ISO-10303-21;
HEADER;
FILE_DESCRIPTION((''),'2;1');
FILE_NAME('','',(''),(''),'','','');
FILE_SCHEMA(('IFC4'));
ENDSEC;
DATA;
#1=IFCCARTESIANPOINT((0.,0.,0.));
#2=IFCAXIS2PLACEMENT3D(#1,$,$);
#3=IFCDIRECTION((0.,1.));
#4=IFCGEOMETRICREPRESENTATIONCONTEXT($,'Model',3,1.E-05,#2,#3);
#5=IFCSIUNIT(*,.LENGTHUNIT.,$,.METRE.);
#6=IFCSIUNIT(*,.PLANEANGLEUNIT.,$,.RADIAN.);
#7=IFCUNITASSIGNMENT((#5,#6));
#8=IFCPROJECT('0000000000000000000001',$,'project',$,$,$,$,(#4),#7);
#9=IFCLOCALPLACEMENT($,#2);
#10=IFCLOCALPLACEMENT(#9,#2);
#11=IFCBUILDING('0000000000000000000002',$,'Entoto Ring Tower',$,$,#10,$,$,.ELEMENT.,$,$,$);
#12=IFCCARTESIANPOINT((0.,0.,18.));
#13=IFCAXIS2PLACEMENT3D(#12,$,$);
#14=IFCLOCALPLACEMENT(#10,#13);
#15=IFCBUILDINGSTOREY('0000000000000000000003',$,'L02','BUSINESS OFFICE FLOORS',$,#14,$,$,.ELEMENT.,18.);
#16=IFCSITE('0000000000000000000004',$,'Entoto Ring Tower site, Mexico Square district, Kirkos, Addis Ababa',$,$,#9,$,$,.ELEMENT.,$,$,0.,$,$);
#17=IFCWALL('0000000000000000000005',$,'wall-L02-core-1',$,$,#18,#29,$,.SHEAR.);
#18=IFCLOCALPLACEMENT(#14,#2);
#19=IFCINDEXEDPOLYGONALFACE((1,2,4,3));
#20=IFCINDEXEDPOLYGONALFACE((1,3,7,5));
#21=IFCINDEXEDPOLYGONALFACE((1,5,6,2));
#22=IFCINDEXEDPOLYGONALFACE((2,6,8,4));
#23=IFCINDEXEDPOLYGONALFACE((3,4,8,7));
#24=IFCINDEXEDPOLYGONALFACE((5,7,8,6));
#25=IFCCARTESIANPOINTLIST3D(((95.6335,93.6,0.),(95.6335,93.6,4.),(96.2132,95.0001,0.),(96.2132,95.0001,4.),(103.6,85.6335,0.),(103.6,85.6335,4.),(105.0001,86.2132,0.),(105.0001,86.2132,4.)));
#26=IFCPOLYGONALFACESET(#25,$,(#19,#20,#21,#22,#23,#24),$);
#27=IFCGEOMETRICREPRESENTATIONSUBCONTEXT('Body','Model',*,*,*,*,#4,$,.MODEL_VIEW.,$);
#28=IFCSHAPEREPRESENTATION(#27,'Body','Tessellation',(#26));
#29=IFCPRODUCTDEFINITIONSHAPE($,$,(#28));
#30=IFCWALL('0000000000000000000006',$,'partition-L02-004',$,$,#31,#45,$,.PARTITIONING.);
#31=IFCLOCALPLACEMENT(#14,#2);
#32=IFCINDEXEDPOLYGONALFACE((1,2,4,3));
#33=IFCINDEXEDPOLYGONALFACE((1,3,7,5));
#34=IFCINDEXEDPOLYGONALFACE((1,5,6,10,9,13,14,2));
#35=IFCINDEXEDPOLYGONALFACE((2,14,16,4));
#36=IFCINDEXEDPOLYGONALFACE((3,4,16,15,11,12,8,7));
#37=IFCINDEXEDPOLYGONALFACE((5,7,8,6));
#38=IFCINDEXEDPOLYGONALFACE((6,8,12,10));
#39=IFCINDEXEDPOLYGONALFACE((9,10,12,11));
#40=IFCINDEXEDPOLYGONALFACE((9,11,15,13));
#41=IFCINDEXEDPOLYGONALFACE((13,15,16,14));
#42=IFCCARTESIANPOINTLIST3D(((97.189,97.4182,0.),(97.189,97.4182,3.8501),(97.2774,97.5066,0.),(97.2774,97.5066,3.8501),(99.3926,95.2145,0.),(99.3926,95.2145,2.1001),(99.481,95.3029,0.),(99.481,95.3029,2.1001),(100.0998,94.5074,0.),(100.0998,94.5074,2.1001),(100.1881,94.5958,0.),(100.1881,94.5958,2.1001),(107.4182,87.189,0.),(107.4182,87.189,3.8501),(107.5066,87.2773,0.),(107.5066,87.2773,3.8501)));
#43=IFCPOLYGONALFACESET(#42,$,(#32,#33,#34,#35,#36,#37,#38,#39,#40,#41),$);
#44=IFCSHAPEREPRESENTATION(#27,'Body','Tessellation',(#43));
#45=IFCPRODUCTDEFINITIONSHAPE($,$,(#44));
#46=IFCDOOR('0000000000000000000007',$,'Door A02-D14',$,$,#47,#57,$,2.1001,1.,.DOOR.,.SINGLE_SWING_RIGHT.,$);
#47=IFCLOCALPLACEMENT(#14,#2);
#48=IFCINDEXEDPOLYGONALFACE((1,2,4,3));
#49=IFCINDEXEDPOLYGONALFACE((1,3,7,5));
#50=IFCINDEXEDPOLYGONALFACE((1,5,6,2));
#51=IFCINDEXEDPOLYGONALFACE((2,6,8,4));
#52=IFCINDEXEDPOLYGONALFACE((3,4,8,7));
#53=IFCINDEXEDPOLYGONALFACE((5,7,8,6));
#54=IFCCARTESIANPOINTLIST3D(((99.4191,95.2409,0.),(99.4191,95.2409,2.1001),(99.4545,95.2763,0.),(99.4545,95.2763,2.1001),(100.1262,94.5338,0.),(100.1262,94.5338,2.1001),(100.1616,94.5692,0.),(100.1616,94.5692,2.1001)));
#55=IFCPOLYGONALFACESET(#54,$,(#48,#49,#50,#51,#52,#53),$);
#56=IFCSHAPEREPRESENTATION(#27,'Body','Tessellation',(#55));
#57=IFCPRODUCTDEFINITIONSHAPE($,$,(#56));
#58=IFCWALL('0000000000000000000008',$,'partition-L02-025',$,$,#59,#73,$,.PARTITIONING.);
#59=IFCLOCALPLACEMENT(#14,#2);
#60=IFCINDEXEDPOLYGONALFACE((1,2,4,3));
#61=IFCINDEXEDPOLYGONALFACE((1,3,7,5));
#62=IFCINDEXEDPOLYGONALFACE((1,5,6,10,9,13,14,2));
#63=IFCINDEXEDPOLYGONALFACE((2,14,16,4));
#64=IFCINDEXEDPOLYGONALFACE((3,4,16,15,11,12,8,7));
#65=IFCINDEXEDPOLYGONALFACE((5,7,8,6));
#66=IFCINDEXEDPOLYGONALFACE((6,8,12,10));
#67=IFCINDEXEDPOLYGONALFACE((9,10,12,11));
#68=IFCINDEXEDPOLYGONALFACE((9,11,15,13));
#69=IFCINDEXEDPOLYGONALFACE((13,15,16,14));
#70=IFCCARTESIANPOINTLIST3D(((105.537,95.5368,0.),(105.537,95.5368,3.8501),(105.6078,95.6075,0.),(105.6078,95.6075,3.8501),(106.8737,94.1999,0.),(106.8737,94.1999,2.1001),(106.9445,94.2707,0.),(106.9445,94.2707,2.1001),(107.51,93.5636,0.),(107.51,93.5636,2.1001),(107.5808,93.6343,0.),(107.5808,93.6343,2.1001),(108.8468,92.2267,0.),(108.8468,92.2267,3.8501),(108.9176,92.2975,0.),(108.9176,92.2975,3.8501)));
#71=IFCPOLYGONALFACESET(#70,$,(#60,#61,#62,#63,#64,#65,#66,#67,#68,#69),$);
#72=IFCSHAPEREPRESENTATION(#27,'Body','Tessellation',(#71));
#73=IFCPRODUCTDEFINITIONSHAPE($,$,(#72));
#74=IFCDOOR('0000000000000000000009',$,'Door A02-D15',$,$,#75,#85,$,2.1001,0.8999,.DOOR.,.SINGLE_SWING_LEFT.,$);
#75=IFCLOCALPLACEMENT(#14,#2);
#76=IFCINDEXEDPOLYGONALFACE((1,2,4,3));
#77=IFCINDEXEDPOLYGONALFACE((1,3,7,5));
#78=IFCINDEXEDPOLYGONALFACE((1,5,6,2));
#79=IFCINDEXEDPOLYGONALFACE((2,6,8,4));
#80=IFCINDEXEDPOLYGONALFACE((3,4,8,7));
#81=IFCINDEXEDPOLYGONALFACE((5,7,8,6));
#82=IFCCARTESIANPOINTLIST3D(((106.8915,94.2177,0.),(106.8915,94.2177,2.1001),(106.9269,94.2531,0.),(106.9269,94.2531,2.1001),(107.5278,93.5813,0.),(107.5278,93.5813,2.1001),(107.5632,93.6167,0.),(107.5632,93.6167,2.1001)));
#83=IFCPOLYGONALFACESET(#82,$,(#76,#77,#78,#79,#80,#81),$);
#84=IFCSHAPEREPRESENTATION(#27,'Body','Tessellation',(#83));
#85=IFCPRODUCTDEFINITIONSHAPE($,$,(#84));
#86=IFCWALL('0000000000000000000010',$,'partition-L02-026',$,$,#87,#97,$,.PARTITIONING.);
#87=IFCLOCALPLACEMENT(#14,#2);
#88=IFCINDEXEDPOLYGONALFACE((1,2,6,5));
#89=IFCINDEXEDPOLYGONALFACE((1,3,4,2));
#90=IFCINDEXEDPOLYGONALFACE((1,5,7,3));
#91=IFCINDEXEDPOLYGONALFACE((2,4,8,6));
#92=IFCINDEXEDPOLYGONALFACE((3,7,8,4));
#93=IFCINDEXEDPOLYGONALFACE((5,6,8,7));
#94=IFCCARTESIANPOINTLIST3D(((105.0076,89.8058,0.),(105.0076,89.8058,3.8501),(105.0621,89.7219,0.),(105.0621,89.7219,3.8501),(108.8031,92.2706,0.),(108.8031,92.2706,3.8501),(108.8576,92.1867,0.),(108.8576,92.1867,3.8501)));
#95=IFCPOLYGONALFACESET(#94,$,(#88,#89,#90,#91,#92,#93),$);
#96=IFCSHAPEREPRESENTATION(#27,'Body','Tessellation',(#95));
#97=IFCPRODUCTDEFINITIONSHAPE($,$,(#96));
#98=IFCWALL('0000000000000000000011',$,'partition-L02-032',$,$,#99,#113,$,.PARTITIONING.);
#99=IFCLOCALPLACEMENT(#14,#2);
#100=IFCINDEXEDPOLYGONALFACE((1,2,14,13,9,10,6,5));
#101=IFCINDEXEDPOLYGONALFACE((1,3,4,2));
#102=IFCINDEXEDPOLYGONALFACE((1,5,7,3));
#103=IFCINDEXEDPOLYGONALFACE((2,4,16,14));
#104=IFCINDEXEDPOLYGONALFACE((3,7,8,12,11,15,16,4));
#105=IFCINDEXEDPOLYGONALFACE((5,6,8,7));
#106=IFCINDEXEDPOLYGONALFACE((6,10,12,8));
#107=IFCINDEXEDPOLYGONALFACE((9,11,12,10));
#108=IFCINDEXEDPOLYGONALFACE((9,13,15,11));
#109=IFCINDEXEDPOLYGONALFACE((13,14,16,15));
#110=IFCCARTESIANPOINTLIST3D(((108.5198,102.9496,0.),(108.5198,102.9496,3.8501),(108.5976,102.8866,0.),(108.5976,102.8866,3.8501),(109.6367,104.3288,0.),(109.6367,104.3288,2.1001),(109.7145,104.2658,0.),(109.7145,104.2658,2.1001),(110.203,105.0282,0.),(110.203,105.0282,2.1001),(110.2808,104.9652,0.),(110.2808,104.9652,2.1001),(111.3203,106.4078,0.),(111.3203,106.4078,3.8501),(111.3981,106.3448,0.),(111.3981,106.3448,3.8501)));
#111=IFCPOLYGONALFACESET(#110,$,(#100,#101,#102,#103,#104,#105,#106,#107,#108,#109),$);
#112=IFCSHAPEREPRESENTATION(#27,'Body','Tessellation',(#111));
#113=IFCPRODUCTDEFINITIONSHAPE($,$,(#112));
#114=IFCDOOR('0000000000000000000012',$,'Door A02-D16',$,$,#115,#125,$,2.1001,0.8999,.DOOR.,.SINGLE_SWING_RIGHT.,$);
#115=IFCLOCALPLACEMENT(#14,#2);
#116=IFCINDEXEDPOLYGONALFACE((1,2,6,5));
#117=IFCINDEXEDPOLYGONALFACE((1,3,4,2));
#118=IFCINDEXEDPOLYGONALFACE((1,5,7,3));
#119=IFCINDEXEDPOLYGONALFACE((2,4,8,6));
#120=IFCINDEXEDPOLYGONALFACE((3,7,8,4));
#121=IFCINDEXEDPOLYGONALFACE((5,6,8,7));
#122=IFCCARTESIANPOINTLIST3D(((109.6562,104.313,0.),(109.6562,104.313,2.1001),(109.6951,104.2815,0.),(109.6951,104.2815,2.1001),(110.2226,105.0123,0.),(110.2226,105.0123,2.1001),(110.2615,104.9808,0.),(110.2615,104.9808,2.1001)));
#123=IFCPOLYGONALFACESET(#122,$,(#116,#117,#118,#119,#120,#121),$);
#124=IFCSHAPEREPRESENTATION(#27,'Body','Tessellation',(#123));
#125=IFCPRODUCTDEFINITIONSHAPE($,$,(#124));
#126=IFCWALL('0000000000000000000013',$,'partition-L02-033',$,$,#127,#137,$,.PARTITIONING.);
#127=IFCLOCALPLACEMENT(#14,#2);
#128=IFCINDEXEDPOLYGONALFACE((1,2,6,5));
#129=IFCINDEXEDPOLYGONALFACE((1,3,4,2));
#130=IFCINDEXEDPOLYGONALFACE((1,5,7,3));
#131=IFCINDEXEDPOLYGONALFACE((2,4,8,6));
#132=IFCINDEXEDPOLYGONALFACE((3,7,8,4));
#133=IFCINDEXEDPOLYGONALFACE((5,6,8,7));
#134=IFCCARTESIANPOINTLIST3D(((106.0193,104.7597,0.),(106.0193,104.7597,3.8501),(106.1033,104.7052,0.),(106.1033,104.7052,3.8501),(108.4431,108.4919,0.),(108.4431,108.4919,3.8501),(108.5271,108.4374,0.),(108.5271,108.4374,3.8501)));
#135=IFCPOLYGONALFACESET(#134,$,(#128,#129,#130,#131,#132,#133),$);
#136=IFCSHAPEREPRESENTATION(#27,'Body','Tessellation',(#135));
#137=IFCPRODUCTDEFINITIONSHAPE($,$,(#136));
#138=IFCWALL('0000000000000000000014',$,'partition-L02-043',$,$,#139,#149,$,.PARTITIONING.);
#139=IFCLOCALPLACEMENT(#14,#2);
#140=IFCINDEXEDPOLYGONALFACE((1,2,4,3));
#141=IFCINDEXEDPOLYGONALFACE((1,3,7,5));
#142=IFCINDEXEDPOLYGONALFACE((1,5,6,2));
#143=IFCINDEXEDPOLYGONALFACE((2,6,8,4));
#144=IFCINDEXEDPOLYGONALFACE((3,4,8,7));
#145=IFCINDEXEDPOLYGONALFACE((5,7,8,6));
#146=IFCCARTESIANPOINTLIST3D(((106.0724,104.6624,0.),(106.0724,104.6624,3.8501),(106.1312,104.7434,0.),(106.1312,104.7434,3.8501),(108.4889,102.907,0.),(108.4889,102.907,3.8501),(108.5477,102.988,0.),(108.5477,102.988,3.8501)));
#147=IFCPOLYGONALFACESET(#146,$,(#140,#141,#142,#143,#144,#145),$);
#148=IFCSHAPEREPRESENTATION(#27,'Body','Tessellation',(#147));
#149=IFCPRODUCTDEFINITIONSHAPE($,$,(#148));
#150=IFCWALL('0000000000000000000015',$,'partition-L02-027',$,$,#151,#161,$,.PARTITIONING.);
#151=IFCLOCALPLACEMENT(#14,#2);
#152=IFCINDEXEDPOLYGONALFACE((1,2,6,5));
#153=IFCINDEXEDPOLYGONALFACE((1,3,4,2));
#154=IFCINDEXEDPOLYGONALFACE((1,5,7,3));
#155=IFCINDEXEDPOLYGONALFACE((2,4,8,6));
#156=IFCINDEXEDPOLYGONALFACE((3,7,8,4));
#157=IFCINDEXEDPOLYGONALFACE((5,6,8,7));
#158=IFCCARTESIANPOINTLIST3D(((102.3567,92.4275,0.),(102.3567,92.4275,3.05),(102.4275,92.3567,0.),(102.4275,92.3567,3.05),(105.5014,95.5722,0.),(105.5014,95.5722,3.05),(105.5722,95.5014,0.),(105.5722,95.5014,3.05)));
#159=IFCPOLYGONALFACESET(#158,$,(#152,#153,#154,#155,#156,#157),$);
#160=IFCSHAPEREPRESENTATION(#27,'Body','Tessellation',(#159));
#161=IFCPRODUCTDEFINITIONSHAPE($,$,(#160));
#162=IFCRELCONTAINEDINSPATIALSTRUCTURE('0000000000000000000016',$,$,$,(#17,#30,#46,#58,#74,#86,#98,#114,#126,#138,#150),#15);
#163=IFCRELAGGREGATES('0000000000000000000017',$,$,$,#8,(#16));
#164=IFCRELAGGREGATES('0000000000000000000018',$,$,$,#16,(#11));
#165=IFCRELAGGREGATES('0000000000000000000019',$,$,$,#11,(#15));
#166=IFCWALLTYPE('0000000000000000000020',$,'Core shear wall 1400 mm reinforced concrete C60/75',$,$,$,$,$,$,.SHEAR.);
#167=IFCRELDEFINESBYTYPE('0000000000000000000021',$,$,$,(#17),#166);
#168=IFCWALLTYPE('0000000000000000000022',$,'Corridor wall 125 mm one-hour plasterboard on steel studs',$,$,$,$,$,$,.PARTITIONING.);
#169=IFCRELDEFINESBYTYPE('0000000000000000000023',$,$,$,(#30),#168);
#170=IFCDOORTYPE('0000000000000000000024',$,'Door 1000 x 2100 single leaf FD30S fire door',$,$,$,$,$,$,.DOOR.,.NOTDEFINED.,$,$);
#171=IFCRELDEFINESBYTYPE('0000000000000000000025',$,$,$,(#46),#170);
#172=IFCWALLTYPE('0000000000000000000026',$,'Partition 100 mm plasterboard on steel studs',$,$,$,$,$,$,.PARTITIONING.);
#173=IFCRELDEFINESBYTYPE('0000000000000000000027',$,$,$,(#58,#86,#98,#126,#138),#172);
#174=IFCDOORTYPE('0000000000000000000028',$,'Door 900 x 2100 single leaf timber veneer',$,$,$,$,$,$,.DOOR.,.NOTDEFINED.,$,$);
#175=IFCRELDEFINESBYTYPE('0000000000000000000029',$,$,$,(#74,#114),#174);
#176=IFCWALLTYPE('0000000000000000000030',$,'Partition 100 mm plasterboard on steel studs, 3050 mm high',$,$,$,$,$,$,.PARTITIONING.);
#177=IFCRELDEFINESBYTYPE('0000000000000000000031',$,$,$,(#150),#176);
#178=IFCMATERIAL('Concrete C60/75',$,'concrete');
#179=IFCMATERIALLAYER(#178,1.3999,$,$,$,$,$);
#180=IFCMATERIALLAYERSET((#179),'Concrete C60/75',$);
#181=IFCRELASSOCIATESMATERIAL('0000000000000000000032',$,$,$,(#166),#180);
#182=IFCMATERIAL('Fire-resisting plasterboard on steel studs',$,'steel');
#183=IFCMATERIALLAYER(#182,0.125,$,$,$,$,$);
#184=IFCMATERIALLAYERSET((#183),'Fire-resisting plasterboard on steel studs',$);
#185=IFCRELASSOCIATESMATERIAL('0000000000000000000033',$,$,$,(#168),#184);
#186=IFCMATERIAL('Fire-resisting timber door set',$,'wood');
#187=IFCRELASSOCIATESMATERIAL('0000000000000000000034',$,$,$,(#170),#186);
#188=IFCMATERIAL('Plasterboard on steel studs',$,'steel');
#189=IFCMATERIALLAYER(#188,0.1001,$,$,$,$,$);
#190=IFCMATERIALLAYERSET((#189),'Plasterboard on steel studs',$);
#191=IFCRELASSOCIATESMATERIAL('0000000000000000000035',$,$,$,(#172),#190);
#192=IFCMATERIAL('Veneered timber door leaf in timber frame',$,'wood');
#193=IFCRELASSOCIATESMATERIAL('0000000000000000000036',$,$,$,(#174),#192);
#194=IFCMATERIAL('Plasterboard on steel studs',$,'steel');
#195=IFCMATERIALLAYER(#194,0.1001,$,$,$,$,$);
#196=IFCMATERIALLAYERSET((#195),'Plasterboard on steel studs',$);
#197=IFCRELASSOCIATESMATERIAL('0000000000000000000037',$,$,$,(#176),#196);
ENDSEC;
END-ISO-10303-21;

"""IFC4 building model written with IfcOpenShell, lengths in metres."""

from ifc_helpers import new_model, si_unit, direction, frame, frame_2d, origin, place, context, subcontext, project, spatial, polyline, rectangle, outline, extrude, material, layer, layer_set, type_object, element, fill, save


model = new_model("IFC4")

# Units and contexts
model_context = context("Model", 3, precision=1e-05, world=origin(), true_north=direction((0.0, 1.0)))
body_context = subcontext(model_context, "Body", "Model", "MODEL_VIEW")
ifc_project = project(units=[si_unit("LENGTHUNIT", "METRE"), si_unit("PLANEANGLEUNIT", "RADIAN")], contexts=[model_context])

# Site, building, storey
site_placement = place(None, origin())
site = spatial("IfcSite", under=ifc_project, at=site_placement, Name="Entoto Ring Tower site, Mexico Square district, Kirkos, Addis Ababa", CompositionType="ELEMENT", RefElevation=0.0)
building_placement = place(site_placement, origin())
building = spatial("IfcBuilding", under=site, at=building_placement, Name="Entoto Ring Tower", CompositionType="ELEMENT")
storey_placement = place(building_placement, frame((0.0, 0.0, 18.0)))
storey = spatial("IfcBuildingStorey", under=building, at=storey_placement, Name="L02", Description="BUSINESS OFFICE FLOORS", CompositionType="ELEMENT", Elevation=18.0)

# Wall
ifc_material_1 = material(Name="Concrete C60/75", Category="concrete")
ifc_layer_1 = layer(ifc_material_1, 1.3999)
ifc_layer_set_1 = layer_set([ifc_layer_1], Name="Concrete C60/75")
wall_type_1 = type_object("IfcWallType", Name="Core shear wall 1400 mm reinforced concrete C60/75", PredefinedType="SHEAR", material=ifc_layer_set_1)
wall_1_placement = place(storey_placement, frame((104.3, 85.9233, 0.0), z_axis=(0.0, 0.0, 1.0), x_axis=(-0.707107, 0.707107, 0.0)))
element("IfcWall", 1, at=wall_1_placement, inside=storey, type_object=wall_type_1, Name="wall-L02-core-1", PredefinedType="SHEAR", context=body_context, shape_type="SweptSolid", body=[
    extrude(outline(polyline([(-0.29, -0.7), (12.1365, -0.7), (11.5564, 0.7), (0.29, 0.7), (-0.29, -0.7)])), origin(), (0.0, 0.0, 1.0), 4.0),
])

# Walls, openings, doors
ifc_material_2 = material(Name="Fire-resisting plasterboard on steel studs", Category="steel")
ifc_layer_2 = layer(ifc_material_2, 0.125)
ifc_layer_set_2 = layer_set([ifc_layer_2], Name="Fire-resisting plasterboard on steel studs")
wall_type_2 = type_object("IfcWallType", Name="Corridor wall 125 mm one-hour plasterboard on steel studs", PredefinedType="PARTITIONING", material=ifc_layer_set_2)
wall_2_placement = place(storey_placement, frame((107.4624, 87.2332, 0.0), z_axis=(0.0, 0.0, 1.0), x_axis=(-0.707107, 0.707107, 0.0)))
wall_2 = element("IfcWall", 2, at=wall_2_placement, inside=storey, type_object=wall_type_2, Name="partition-L02-004", PredefinedType="PARTITIONING", context=body_context, shape_type="SweptSolid", body=[
    extrude(rectangle(XDim=14.4663, YDim=0.125, at=frame_2d((7.2332, 0.0))), origin(), (0.0, 0.0, 1.0), 3.8501),
])
opening_1_placement = place(wall_2_placement, frame((10.3499, 0.0, 0.0)))
opening_1 = element("IfcOpeningElement", 3, at=opening_1_placement, cuts=wall_2, PredefinedType="OPENING", context=body_context, shape_type="SweptSolid", body=[
    extrude(rectangle(XDim=1.0, YDim=2.1001, at=frame_2d((0.5, 1.05))), frame((0.0, 0.0725, 0.0), z_axis=(0.0, -1.0, 0.0), x_axis=(1.0, 0.0, 0.0)), (0.0, 0.0, 1.0), 0.145),
])
ifc_material_3 = material(Name="Fire-resisting timber door set", Category="wood")
door_type_1 = type_object("IfcDoorType", Name="Door 1000 x 2100 single leaf FD30S fire door", OperationType="NOTDEFINED", PredefinedType="DOOR", material=ifc_material_3)
door_1_placement = place(opening_1_placement, frame((1.0, 0.0, 0.0), z_axis=(0.0, 0.0, 1.0), x_axis=(-1.0, 0.0, 0.0)))
door_1 = element("IfcDoor", 4, at=door_1_placement, inside=storey, type_object=door_type_1, Name="Door A02-D14", OperationType="SINGLE_SWING_RIGHT", OverallHeight=2.1001, OverallWidth=1.0, PredefinedType="DOOR", context=body_context, shape_type="SweptSolid", body=[
    extrude(rectangle(XDim=1.0, YDim=2.1001, at=frame_2d((0.5, 1.05))), frame((0.0, 0.0249, 0.0), z_axis=(0.0, -1.0, 0.0), x_axis=(1.0, 0.0, 0.0)), (0.0, 0.0, 1.0), 0.05),
])
fill(opening_1, door_1)
ifc_material_4 = material(Name="Plasterboard on steel studs", Category="steel")
ifc_layer_3 = layer(ifc_material_4, 0.1001)
ifc_layer_set_3 = layer_set([ifc_layer_3], Name="Plasterboard on steel studs")
wall_type_3 = type_object("IfcWallType", Name="Partition 100 mm plasterboard on steel studs", PredefinedType="PARTITIONING", material=ifc_layer_set_3)
wall_3_placement = place(storey_placement, frame((108.8821, 92.2622, 0.0), z_axis=(0.0, 0.0, 1.0), x_axis=(-0.707081, 0.707133, 0.0)))
wall_3 = element("IfcWall", 5, at=wall_3_placement, inside=storey, type_object=wall_type_3, Name="partition-L02-025", PredefinedType="PARTITIONING", context=body_context, shape_type="SweptSolid", body=[
    extrude(rectangle(XDim=4.6809, YDim=0.1001, at=frame_2d((2.3403, 0.0))), origin(), (0.0, 0.0, 1.0), 3.8501),
])
opening_2_placement = place(wall_3_placement, frame((1.8904, 0.0, 0.0)))
opening_2 = element("IfcOpeningElement", 6, at=opening_2_placement, cuts=wall_3, PredefinedType="OPENING", context=body_context, shape_type="SweptSolid", body=[
    extrude(rectangle(XDim=0.8999, YDim=2.1001, at=frame_2d((0.45, 1.05))), frame((0.0, 0.0601, 0.0), z_axis=(0.0, -1.0, 0.0), x_axis=(1.0, 0.0, 0.0)), (0.0, 0.0, 1.0), 0.1201),
])
ifc_material_5 = material(Name="Veneered timber door leaf in timber frame", Category="wood")
door_type_2 = type_object("IfcDoorType", Name="Door 900 x 2100 single leaf timber veneer", OperationType="NOTDEFINED", PredefinedType="DOOR", material=ifc_material_5)
door_2_placement = place(opening_2_placement, origin())
door_2 = element("IfcDoor", 7, at=door_2_placement, inside=storey, type_object=door_type_2, Name="Door A02-D15", OperationType="SINGLE_SWING_LEFT", OverallHeight=2.1001, OverallWidth=0.8999, PredefinedType="DOOR", context=body_context, shape_type="SweptSolid", body=[
    extrude(rectangle(XDim=0.8999, YDim=2.1001, at=frame_2d((0.45, 1.05))), frame((0.0, 0.0249, 0.0), z_axis=(0.0, -1.0, 0.0), x_axis=(1.0, 0.0, 0.0)), (0.0, 0.0, 1.0), 0.05),
])
fill(opening_2, door_2)

# Wall
wall_4_placement = place(storey_placement, frame((105.0349, 89.7639, 0.0), z_axis=(0.0, 0.0, 1.0), x_axis=(0.838679, 0.544626, 0.0)))
element("IfcWall", 8, at=wall_4_placement, inside=storey, type_object=wall_type_3, Name="partition-L02-026", PredefinedType="PARTITIONING", context=body_context, shape_type="SweptSolid", body=[
    extrude(rectangle(XDim=4.5256, YDim=0.1001, at=frame_2d((2.2627, 0.0))), origin(), (0.0, 0.0, 1.0), 3.8501),
])

# Wall, opening, door
wall_5_placement = place(storey_placement, frame((108.5586, 102.918, 0.0), z_axis=(0.0, 0.0, 1.0), x_axis=(0.629334, 0.777135, 0.0)))
wall_5 = element("IfcWall", 9, at=wall_5_placement, inside=storey, type_object=wall_type_3, Name="partition-L02-032", PredefinedType="PARTITIONING", context=body_context, shape_type="SweptSolid", body=[
    extrude(rectangle(XDim=4.45, YDim=0.1001, at=frame_2d((2.2251, 0.0))), origin(), (0.0, 0.0, 1.0), 3.8501),
])
opening_3_placement = place(wall_5_placement, frame((1.7749, 0.0, 0.0)))
opening_3 = element("IfcOpeningElement", 10, at=opening_3_placement, cuts=wall_5, PredefinedType="OPENING", context=body_context, shape_type="SweptSolid", body=[
    extrude(rectangle(XDim=0.8999, YDim=2.1001, at=frame_2d((0.45, 1.05))), frame((0.0, 0.0601, 0.0), z_axis=(0.0, -1.0, 0.0), x_axis=(1.0, 0.0, 0.0)), (0.0, 0.0, 1.0), 0.1201),
])
door_3_placement = place(opening_3_placement, origin())
door_3 = element("IfcDoor", 11, at=door_3_placement, inside=storey, type_object=door_type_2, Name="Door A02-D16", OperationType="SINGLE_SWING_RIGHT", OverallHeight=2.1001, OverallWidth=0.8999, PredefinedType="DOOR", context=body_context, shape_type="SweptSolid", body=[
    extrude(rectangle(XDim=0.8999, YDim=2.1001, at=frame_2d((0.45, 1.05))), frame((0.0, 0.0249, 0.0), z_axis=(0.0, -1.0, 0.0), x_axis=(1.0, 0.0, 0.0)), (0.0, 0.0, 1.0), 0.05),
])
fill(opening_3, door_3)

# Walls
wall_6_placement = place(storey_placement, frame((106.0613, 104.7324, 0.0), z_axis=(0.0, 0.0, 1.0), x_axis=(0.544659, 0.838658, 0.0)))
element("IfcWall", 12, at=wall_6_placement, inside=storey, type_object=wall_type_3, Name="partition-L02-033", PredefinedType="PARTITIONING", context=body_context, shape_type="SweptSolid", body=[
    extrude(rectangle(XDim=4.4502, YDim=0.1001, at=frame_2d((2.2251, 0.0))), origin(), (0.0, 0.0, 1.0), 3.8501),
])
wall_7_placement = place(storey_placement, frame((108.5183, 102.9475, 0.0), z_axis=(0.0, 0.0, 1.0), x_axis=(-0.809068, 0.587715, 0.0)))
element("IfcWall", 13, at=wall_7_placement, inside=storey, type_object=wall_type_3, Name="partition-L02-043", PredefinedType="PARTITIONING", context=body_context, shape_type="SweptSolid", body=[
    extrude(rectangle(XDim=2.9868, YDim=0.1001, at=frame_2d((1.4934, 0.0))), origin(), (0.0, 0.0, 1.0), 3.8501),
])
ifc_material_6 = material(Name="Plasterboard on steel studs", Category="steel")
ifc_layer_4 = layer(ifc_material_6, 0.1001)
ifc_layer_set_4 = layer_set([ifc_layer_4], Name="Plasterboard on steel studs")
wall_type_4 = type_object("IfcWallType", Name="Partition 100 mm plasterboard on steel studs, 3050 mm high", PredefinedType="PARTITIONING", material=ifc_layer_set_4)
wall_8_placement = place(storey_placement, frame((102.3921, 92.3921, 0.0), z_axis=(0.0, 0.0, 1.0), x_axis=(0.707107, 0.707107, 0.0)))
element("IfcWall", 14, at=wall_8_placement, inside=storey, type_object=wall_type_4, Name="partition-L02-027", PredefinedType="PARTITIONING", context=body_context, shape_type="SweptSolid", body=[
    extrude(rectangle(XDim=4.4473, YDim=0.1001, at=frame_2d((2.2236, 0.0))), origin(), (0.0, 0.0, 1.0), 3.05),
])

save(model, "model.ifc")
